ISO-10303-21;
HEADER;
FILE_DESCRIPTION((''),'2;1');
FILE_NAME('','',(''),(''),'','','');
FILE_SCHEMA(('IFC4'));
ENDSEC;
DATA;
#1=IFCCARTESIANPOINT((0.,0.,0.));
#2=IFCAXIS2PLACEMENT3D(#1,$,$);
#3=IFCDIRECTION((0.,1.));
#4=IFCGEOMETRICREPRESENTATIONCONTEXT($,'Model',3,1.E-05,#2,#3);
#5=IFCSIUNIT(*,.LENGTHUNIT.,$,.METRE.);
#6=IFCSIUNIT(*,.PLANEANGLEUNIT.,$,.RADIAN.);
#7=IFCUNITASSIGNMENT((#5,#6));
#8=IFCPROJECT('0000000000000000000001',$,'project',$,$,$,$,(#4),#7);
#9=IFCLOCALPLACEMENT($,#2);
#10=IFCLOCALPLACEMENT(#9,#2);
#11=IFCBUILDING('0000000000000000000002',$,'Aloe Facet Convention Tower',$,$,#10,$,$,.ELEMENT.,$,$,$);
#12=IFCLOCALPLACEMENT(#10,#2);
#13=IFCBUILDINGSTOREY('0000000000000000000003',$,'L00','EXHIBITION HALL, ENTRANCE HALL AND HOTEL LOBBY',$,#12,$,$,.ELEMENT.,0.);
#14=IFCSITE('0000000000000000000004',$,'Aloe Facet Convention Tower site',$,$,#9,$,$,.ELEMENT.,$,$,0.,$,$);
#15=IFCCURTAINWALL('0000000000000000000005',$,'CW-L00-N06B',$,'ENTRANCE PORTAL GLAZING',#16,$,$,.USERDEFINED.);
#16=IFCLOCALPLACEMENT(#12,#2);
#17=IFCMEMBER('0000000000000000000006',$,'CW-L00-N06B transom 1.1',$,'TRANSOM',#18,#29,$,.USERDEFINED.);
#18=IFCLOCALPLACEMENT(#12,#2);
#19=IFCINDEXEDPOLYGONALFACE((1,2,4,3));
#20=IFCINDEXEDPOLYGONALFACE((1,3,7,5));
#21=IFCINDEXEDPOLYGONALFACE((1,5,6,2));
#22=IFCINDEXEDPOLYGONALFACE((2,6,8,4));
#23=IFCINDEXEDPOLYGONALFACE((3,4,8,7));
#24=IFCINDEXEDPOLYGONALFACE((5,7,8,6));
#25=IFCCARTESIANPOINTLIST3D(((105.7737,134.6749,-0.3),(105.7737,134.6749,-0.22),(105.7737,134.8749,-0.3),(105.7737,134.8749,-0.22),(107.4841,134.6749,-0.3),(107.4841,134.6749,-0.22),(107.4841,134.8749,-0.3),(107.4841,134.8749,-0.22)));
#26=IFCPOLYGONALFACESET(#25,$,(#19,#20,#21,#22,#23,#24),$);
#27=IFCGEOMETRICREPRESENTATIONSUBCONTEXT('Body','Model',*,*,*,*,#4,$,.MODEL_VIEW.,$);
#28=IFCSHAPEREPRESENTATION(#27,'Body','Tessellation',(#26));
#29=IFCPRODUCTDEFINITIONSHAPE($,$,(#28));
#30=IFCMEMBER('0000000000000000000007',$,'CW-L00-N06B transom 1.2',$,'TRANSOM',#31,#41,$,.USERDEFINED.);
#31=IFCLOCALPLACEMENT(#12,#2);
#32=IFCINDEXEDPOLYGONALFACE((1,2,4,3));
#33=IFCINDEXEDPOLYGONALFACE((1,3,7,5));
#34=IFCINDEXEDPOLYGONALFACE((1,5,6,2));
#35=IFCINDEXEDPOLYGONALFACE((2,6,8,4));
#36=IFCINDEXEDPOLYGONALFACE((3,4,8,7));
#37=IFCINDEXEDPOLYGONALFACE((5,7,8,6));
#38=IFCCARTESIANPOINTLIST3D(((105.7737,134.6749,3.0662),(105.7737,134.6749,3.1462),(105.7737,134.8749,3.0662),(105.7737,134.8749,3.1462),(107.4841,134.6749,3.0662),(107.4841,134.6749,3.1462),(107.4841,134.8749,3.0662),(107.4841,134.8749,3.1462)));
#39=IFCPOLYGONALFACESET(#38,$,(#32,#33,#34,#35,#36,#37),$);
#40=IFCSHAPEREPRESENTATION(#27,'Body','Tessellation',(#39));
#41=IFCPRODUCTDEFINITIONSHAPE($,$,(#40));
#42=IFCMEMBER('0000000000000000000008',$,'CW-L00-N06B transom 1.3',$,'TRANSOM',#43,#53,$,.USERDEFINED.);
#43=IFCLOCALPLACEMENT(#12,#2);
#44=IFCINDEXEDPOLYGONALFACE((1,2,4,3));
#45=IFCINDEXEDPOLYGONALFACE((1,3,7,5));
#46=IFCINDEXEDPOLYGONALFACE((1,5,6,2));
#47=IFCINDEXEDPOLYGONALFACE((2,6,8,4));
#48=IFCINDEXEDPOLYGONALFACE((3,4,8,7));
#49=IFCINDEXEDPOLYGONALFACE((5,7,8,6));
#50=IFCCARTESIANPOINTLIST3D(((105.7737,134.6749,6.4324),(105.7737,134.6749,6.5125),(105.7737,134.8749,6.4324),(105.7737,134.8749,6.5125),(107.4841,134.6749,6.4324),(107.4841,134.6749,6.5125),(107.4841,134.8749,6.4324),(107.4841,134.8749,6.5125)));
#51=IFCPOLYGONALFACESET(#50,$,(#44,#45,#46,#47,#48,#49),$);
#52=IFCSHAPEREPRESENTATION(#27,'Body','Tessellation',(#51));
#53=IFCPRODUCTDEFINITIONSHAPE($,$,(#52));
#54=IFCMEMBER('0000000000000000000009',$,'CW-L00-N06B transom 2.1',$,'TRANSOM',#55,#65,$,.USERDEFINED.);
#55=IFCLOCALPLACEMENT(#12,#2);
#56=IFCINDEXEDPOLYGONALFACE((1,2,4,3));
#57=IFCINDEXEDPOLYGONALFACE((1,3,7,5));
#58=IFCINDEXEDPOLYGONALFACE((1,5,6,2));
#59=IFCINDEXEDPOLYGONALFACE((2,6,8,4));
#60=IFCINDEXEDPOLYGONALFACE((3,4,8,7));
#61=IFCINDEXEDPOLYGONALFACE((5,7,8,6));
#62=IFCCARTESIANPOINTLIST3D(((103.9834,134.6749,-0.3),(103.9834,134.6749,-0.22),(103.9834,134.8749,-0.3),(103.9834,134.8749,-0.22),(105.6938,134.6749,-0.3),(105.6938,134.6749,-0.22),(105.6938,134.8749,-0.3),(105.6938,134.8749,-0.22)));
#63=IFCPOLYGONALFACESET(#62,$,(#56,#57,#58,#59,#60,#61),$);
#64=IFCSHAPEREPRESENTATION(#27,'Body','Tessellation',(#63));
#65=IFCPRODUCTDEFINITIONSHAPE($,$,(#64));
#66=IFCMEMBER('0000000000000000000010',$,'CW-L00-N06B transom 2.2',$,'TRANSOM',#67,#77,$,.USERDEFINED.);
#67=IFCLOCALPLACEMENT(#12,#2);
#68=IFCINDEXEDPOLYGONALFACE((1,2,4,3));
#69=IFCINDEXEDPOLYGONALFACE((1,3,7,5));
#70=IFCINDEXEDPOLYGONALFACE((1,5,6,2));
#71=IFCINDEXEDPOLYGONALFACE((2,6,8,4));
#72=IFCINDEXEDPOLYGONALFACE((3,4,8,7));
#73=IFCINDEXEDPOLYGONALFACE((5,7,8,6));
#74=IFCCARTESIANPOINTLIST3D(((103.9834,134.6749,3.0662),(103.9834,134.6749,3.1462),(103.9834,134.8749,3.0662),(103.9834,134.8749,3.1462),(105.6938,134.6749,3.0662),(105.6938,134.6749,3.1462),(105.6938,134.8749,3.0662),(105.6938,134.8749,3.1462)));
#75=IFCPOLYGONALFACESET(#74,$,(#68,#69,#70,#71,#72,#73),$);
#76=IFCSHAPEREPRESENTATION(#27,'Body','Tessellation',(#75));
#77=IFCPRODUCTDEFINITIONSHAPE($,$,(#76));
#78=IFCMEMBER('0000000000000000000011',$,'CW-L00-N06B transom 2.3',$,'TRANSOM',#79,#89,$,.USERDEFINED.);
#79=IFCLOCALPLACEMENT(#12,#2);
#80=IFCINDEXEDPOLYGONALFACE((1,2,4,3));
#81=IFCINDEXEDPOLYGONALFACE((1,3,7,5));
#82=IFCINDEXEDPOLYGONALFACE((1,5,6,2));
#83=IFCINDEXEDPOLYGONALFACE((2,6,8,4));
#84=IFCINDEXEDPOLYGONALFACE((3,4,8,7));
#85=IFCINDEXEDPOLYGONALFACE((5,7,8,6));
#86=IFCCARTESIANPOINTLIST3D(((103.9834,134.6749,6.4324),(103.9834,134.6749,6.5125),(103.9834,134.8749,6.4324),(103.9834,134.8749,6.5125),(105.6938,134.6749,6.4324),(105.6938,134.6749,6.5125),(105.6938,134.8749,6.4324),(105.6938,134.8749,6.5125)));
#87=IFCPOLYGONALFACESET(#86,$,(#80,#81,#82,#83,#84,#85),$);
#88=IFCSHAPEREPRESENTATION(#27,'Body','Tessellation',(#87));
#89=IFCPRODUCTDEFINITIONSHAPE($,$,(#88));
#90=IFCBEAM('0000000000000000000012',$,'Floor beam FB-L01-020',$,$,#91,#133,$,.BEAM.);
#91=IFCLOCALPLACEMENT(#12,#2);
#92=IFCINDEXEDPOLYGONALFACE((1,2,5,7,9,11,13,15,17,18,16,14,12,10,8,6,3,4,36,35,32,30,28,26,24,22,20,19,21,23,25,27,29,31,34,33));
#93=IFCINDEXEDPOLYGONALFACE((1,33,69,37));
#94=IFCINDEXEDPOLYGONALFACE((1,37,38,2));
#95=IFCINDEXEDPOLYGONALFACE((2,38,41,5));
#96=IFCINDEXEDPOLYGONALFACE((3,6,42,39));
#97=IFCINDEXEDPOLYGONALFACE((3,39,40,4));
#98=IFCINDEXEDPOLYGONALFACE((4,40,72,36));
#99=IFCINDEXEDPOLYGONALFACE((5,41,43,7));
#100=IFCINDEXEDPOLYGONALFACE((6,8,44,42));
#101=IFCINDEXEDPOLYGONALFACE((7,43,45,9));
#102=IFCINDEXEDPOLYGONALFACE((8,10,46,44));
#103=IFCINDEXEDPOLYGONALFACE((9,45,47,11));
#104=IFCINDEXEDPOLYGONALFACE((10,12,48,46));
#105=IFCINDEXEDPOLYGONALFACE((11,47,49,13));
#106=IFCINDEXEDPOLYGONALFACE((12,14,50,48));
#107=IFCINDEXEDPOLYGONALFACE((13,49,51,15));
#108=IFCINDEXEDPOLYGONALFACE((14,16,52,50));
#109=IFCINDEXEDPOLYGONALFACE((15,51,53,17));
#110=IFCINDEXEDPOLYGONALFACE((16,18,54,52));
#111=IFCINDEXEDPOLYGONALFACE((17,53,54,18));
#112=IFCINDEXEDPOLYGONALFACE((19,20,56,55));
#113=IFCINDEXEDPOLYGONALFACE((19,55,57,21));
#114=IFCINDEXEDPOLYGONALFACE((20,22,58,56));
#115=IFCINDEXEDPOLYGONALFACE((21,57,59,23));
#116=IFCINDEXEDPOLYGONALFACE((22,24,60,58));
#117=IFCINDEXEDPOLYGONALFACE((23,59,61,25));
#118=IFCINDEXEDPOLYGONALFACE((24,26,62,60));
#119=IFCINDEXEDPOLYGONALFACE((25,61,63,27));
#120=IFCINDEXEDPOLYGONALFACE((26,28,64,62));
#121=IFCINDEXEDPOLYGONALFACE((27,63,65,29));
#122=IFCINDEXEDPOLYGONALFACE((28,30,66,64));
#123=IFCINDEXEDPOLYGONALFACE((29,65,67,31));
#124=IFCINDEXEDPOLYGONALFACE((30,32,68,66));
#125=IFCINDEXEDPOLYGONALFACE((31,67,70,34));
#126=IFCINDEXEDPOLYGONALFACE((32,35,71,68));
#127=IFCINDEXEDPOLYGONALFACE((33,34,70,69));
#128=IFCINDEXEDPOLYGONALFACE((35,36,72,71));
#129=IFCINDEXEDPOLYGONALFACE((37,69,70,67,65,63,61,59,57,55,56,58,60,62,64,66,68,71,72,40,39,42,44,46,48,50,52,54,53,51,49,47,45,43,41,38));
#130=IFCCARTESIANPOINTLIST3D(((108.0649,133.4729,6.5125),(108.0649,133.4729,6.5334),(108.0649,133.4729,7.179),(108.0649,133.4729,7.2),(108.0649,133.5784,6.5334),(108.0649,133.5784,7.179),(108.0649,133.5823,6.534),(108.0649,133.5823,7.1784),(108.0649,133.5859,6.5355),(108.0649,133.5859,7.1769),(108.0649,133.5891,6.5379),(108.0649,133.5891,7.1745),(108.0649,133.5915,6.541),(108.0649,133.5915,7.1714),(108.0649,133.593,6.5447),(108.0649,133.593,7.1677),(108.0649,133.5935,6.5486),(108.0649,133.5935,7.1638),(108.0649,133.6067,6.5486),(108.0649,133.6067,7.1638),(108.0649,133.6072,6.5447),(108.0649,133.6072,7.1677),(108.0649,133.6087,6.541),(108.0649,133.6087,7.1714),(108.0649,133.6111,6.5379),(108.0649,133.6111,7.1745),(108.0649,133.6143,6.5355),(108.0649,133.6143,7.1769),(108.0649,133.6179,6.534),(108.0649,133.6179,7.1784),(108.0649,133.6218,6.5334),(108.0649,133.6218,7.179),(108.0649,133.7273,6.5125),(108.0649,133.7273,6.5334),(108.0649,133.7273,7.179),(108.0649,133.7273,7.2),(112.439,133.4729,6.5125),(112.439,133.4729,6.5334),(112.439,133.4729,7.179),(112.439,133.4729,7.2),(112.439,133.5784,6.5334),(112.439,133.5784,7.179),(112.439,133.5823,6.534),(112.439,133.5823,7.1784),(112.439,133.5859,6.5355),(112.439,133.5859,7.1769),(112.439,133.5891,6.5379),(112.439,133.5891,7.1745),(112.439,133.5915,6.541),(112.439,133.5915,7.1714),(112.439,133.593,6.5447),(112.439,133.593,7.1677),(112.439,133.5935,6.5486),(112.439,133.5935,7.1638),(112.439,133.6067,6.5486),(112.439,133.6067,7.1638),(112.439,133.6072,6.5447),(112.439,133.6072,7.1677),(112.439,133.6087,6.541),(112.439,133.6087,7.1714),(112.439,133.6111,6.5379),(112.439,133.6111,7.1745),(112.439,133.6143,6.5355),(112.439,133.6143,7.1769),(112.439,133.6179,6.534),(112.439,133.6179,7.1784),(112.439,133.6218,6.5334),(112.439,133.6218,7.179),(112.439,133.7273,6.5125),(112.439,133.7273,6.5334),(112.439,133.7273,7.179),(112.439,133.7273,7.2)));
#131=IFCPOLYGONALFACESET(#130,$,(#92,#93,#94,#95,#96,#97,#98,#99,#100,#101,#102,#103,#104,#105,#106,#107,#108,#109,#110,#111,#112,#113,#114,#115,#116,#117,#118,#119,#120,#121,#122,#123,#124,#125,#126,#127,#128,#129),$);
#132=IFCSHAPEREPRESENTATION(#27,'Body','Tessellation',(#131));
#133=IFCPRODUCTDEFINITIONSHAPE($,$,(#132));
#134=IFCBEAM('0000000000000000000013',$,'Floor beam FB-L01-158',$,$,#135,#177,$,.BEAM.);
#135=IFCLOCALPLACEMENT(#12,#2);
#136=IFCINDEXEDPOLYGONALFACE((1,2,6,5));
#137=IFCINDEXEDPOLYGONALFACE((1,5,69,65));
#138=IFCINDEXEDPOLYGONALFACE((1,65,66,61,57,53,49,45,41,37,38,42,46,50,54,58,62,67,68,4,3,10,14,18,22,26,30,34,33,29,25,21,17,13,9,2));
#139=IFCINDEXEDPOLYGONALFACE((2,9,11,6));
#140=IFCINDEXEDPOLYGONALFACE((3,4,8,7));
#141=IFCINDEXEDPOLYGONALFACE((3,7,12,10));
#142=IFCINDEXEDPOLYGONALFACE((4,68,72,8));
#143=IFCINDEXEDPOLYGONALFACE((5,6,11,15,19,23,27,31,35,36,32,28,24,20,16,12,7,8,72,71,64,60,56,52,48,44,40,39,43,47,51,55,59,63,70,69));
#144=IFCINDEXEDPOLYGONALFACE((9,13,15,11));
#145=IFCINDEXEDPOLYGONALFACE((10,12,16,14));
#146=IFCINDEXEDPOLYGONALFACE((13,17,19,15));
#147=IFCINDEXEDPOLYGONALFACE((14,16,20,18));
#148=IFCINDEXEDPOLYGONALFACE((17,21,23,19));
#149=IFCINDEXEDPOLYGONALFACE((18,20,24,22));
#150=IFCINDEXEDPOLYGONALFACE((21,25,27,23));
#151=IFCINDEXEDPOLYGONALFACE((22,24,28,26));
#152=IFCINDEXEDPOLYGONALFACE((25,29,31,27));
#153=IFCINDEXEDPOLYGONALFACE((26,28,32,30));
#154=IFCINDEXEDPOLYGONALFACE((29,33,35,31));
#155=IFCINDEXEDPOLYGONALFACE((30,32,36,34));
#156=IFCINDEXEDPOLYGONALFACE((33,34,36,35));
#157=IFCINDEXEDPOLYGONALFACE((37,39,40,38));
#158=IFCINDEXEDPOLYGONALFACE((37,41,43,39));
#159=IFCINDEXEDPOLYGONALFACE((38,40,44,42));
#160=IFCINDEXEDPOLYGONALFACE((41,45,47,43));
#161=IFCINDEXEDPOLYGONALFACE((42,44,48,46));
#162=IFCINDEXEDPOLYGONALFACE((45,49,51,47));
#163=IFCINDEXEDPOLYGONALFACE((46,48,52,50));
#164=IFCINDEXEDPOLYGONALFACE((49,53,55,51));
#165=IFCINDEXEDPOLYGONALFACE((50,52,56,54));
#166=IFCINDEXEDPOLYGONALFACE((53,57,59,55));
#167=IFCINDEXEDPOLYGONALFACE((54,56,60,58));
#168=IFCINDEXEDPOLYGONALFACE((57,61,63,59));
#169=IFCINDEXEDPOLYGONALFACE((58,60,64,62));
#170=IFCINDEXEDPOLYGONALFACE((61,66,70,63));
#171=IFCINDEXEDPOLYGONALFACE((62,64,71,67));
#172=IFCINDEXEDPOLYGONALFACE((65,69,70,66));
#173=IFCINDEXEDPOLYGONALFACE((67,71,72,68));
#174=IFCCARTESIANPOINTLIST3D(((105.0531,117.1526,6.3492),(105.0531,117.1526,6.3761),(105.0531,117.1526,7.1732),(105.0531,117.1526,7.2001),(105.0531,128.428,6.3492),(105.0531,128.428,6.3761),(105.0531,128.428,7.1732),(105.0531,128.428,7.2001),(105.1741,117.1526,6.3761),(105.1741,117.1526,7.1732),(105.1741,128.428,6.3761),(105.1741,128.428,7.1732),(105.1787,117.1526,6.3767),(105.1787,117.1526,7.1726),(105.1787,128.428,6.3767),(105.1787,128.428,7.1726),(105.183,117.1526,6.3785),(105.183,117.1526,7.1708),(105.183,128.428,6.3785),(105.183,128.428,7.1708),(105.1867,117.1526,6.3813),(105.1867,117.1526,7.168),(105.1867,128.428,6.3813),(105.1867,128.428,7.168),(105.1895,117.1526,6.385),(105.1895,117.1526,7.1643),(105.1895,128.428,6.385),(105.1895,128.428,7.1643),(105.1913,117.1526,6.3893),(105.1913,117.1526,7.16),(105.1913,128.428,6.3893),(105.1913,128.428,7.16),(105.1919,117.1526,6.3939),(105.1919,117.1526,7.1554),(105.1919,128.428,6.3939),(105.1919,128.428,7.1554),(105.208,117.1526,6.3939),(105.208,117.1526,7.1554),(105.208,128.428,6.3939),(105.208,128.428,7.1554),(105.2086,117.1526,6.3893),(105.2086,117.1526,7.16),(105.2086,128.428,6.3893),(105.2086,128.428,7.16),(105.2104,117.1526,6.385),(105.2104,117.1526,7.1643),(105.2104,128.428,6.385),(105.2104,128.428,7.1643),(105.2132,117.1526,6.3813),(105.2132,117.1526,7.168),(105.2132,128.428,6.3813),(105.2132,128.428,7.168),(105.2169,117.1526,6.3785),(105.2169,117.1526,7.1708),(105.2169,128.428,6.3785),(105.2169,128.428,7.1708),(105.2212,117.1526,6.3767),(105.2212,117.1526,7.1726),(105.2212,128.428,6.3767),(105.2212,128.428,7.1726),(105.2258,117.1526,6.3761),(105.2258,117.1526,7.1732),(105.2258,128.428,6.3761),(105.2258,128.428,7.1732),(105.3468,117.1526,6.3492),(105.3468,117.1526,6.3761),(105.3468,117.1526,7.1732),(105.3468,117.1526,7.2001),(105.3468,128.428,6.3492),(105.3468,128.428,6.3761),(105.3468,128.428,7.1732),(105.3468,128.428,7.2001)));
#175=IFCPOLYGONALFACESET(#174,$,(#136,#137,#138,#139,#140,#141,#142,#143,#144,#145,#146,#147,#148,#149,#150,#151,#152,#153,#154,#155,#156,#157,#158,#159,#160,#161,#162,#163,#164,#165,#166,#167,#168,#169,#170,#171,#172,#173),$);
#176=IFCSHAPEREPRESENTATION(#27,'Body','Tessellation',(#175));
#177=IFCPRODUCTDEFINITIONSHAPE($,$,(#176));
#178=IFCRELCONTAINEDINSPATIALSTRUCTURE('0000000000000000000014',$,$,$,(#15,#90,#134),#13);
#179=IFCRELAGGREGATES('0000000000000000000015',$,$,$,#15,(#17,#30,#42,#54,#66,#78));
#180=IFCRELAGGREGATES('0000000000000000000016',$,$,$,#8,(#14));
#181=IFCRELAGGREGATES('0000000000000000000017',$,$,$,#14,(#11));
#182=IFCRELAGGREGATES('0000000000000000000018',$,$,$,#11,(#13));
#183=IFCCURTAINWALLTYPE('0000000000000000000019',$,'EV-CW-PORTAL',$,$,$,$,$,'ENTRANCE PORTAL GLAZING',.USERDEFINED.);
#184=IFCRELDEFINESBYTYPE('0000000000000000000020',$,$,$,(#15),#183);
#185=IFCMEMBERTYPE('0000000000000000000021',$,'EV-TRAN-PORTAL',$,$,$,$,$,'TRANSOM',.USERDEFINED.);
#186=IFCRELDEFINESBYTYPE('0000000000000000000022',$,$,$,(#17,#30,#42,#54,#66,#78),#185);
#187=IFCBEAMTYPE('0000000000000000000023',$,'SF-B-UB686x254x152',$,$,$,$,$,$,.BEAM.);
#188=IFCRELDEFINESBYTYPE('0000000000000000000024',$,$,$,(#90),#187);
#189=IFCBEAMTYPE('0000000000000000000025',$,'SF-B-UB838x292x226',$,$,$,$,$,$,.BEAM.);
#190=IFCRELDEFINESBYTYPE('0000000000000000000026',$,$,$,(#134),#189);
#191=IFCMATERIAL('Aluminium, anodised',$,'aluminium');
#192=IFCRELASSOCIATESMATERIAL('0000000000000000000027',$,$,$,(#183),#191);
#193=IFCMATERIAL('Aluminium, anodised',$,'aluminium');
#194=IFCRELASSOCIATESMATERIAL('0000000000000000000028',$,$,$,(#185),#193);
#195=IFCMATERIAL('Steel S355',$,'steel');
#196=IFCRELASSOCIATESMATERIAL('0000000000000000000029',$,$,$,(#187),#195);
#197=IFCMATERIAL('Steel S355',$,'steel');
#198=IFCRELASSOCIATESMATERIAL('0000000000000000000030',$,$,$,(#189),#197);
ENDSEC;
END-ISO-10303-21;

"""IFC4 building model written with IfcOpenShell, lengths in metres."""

from ifc_helpers import new_model, si_unit, direction, frame, origin, origin_2d, place, context, subcontext, project, spatial, rectangle, i_section, extrude, material, material_profile, profile_set, type_object, element, aggregate, save


model = new_model("IFC4")

# Units and contexts
model_context = context("Model", 3, precision=1e-05, world=origin(), true_north=direction((0.0, 1.0)))
body_context = subcontext(model_context, "Body", "Model", "MODEL_VIEW")
ifc_project = project(units=[si_unit("LENGTHUNIT", "METRE"), si_unit("PLANEANGLEUNIT", "RADIAN")], contexts=[model_context])

# Site, building, storey
site_placement = place(None, origin())
site = spatial("IfcSite", under=ifc_project, at=site_placement, Name="Aloe Facet Convention Tower site", CompositionType="ELEMENT", RefElevation=0.0)
building_placement = place(site_placement, origin())
building = spatial("IfcBuilding", under=site, at=building_placement, Name="Aloe Facet Convention Tower", CompositionType="ELEMENT")
storey_placement = place(building_placement, origin())
storey = spatial("IfcBuildingStorey", under=building, at=storey_placement, Name="L00", Description="EXHIBITION HALL, ENTRANCE HALL AND HOTEL LOBBY", CompositionType="ELEMENT", Elevation=0.0)

# Curtain wall
ifc_material_1 = material(Name="Aluminium, anodised", Category="aluminium")
curtain_wall_type = type_object("IfcCurtainWallType", Name="EV-CW-PORTAL", ElementType="ENTRANCE PORTAL GLAZING", PredefinedType="USERDEFINED", material=ifc_material_1)
curtain_wall_1_placement = place(storey_placement, origin())
curtain_wall_1 = element("IfcCurtainWall", 1, at=curtain_wall_1_placement, inside=storey, type_object=curtain_wall_type, Name="CW-L00-N06B", ObjectType="ENTRANCE PORTAL GLAZING", PredefinedType="USERDEFINED")

# Members
ifc_material_2 = material(Name="Aluminium, anodised", Category="aluminium")
ifc_material_profile_1 = material_profile(ifc_material_2, rectangle(XDim=0.2, YDim=0.0801, at=origin_2d()), Name="AL 200x80")
ifc_profile_set_1 = profile_set([ifc_material_profile_1], Name="Aluminium, anodised")
member_type_1 = type_object("IfcMemberType", Name="EV-TRAN-PORTAL", ElementType="TRANSOM", PredefinedType="USERDEFINED", material=ifc_profile_set_1)
member_1_placement = place(storey_placement, frame((107.4841, 134.7749, -0.26), z_axis=(-1.0, 0.0, 0.0), x_axis=(0.0, -1.0, 0.0)))
member_1 = element("IfcMember", 2, at=member_1_placement, type_object=member_type_1, Name="CW-L00-N06B transom 1.1", ObjectType="TRANSOM", PredefinedType="USERDEFINED", context=body_context, shape_type="SweptSolid", body=[
    extrude(rectangle(XDim=0.2, YDim=0.0801, at=origin_2d()), origin(), (0.0, 0.0, 1.0), 1.7104),
])
member_2_placement = place(storey_placement, frame((107.4841, 134.7749, 3.1062), z_axis=(-1.0, 0.0, 0.0), x_axis=(0.0, -1.0, 0.0)))
member_2 = element("IfcMember", 3, at=member_2_placement, type_object=member_type_1, Name="CW-L00-N06B transom 1.2", ObjectType="TRANSOM", PredefinedType="USERDEFINED", context=body_context, shape_type="SweptSolid", body=[
    extrude(rectangle(XDim=0.2, YDim=0.0801, at=origin_2d()), origin(), (0.0, 0.0, 1.0), 1.7104),
])
member_3_placement = place(storey_placement, frame((107.4841, 134.7749, 6.4724), z_axis=(-1.0, 0.0, 0.0), x_axis=(0.0, -1.0, 0.0)))
member_3 = element("IfcMember", 4, at=member_3_placement, type_object=member_type_1, Name="CW-L00-N06B transom 1.3", ObjectType="TRANSOM", PredefinedType="USERDEFINED", context=body_context, shape_type="SweptSolid", body=[
    extrude(rectangle(XDim=0.2, YDim=0.0801, at=origin_2d()), origin(), (0.0, 0.0, 1.0), 1.7104),
])
member_4_placement = place(storey_placement, frame((105.6938, 134.7749, -0.26), z_axis=(-1.0, 0.0, 0.0), x_axis=(0.0, -1.0, 0.0)))
member_4 = element("IfcMember", 5, at=member_4_placement, type_object=member_type_1, Name="CW-L00-N06B transom 2.1", ObjectType="TRANSOM", PredefinedType="USERDEFINED", context=body_context, shape_type="SweptSolid", body=[
    extrude(rectangle(XDim=0.2, YDim=0.0801, at=origin_2d()), origin(), (0.0, 0.0, 1.0), 1.7104),
])
member_5_placement = place(storey_placement, frame((105.6938, 134.7749, 3.1062), z_axis=(-1.0, 0.0, 0.0), x_axis=(0.0, -1.0, 0.0)))
member_5 = element("IfcMember", 6, at=member_5_placement, type_object=member_type_1, Name="CW-L00-N06B transom 2.2", ObjectType="TRANSOM", PredefinedType="USERDEFINED", context=body_context, shape_type="SweptSolid", body=[
    extrude(rectangle(XDim=0.2, YDim=0.0801, at=origin_2d()), origin(), (0.0, 0.0, 1.0), 1.7104),
])
member_6_placement = place(storey_placement, frame((105.6938, 134.7749, 6.4724), z_axis=(-1.0, 0.0, 0.0), x_axis=(0.0, -1.0, 0.0)))
member_6 = element("IfcMember", 7, at=member_6_placement, type_object=member_type_1, Name="CW-L00-N06B transom 2.3", ObjectType="TRANSOM", PredefinedType="USERDEFINED", context=body_context, shape_type="SweptSolid", body=[
    extrude(rectangle(XDim=0.2, YDim=0.0801, at=origin_2d()), origin(), (0.0, 0.0, 1.0), 1.7104),
])

# Beams
ifc_material_3 = material(Name="Steel S355", Category="steel")
ifc_material_profile_2 = material_profile(ifc_material_3, i_section(OverallWidth=0.2544, OverallDepth=0.6875, WebThickness=0.0132, FlangeThickness=0.021, FilletRadius=0.0151, at=origin_2d()), Name="UB 686x254x152")
ifc_profile_set_2 = profile_set([ifc_material_profile_2], Name="Steel S355")
beam_type_1 = type_object("IfcBeamType", Name="SF-B-UB686x254x152", PredefinedType="BEAM", material=ifc_profile_set_2)
beam_1_placement = place(storey_placement, frame((108.0649, 133.6001, 6.8562), z_axis=(1.0, 0.0, 0.0), x_axis=(0.0, 1.0, 0.0)))
element("IfcBeam", 8, at=beam_1_placement, inside=storey, type_object=beam_type_1, Name="Floor beam FB-L01-020", PredefinedType="BEAM", context=body_context, shape_type="SweptSolid", body=[
    extrude(i_section(OverallWidth=0.2544, OverallDepth=0.6875, WebThickness=0.0132, FlangeThickness=0.021, FilletRadius=0.0151, at=origin_2d()), origin(), (0.0, 0.0, 1.0), 4.374),
])
ifc_material_4 = material(Name="Steel S355", Category="steel")
ifc_material_profile_3 = material_profile(ifc_material_4, i_section(OverallWidth=0.2937, OverallDepth=0.8508, WebThickness=0.0161, FlangeThickness=0.0269, FilletRadius=0.0178, at=origin_2d()), Name="UB 838x292x226")
ifc_profile_set_3 = profile_set([ifc_material_profile_3], Name="Steel S355")
beam_type_2 = type_object("IfcBeamType", Name="SF-B-UB838x292x226", PredefinedType="BEAM", material=ifc_profile_set_3)
beam_2_placement = place(storey_placement, frame((105.2, 117.1526, 6.7747), z_axis=(0.0, 1.0, 0.0), x_axis=(-1.0, 0.0, 0.0)))
element("IfcBeam", 9, at=beam_2_placement, inside=storey, type_object=beam_type_2, Name="Floor beam FB-L01-158", PredefinedType="BEAM", context=body_context, shape_type="SweptSolid", body=[
    extrude(i_section(OverallWidth=0.2937, OverallDepth=0.8508, WebThickness=0.0161, FlangeThickness=0.0269, FilletRadius=0.0178, at=origin_2d()), origin(), (0.0, 0.0, 1.0), 11.2754),
])

aggregate(curtain_wall_1, [member_1, member_2, member_3, member_4, member_5, member_6])

save(model, "model.ifc")
